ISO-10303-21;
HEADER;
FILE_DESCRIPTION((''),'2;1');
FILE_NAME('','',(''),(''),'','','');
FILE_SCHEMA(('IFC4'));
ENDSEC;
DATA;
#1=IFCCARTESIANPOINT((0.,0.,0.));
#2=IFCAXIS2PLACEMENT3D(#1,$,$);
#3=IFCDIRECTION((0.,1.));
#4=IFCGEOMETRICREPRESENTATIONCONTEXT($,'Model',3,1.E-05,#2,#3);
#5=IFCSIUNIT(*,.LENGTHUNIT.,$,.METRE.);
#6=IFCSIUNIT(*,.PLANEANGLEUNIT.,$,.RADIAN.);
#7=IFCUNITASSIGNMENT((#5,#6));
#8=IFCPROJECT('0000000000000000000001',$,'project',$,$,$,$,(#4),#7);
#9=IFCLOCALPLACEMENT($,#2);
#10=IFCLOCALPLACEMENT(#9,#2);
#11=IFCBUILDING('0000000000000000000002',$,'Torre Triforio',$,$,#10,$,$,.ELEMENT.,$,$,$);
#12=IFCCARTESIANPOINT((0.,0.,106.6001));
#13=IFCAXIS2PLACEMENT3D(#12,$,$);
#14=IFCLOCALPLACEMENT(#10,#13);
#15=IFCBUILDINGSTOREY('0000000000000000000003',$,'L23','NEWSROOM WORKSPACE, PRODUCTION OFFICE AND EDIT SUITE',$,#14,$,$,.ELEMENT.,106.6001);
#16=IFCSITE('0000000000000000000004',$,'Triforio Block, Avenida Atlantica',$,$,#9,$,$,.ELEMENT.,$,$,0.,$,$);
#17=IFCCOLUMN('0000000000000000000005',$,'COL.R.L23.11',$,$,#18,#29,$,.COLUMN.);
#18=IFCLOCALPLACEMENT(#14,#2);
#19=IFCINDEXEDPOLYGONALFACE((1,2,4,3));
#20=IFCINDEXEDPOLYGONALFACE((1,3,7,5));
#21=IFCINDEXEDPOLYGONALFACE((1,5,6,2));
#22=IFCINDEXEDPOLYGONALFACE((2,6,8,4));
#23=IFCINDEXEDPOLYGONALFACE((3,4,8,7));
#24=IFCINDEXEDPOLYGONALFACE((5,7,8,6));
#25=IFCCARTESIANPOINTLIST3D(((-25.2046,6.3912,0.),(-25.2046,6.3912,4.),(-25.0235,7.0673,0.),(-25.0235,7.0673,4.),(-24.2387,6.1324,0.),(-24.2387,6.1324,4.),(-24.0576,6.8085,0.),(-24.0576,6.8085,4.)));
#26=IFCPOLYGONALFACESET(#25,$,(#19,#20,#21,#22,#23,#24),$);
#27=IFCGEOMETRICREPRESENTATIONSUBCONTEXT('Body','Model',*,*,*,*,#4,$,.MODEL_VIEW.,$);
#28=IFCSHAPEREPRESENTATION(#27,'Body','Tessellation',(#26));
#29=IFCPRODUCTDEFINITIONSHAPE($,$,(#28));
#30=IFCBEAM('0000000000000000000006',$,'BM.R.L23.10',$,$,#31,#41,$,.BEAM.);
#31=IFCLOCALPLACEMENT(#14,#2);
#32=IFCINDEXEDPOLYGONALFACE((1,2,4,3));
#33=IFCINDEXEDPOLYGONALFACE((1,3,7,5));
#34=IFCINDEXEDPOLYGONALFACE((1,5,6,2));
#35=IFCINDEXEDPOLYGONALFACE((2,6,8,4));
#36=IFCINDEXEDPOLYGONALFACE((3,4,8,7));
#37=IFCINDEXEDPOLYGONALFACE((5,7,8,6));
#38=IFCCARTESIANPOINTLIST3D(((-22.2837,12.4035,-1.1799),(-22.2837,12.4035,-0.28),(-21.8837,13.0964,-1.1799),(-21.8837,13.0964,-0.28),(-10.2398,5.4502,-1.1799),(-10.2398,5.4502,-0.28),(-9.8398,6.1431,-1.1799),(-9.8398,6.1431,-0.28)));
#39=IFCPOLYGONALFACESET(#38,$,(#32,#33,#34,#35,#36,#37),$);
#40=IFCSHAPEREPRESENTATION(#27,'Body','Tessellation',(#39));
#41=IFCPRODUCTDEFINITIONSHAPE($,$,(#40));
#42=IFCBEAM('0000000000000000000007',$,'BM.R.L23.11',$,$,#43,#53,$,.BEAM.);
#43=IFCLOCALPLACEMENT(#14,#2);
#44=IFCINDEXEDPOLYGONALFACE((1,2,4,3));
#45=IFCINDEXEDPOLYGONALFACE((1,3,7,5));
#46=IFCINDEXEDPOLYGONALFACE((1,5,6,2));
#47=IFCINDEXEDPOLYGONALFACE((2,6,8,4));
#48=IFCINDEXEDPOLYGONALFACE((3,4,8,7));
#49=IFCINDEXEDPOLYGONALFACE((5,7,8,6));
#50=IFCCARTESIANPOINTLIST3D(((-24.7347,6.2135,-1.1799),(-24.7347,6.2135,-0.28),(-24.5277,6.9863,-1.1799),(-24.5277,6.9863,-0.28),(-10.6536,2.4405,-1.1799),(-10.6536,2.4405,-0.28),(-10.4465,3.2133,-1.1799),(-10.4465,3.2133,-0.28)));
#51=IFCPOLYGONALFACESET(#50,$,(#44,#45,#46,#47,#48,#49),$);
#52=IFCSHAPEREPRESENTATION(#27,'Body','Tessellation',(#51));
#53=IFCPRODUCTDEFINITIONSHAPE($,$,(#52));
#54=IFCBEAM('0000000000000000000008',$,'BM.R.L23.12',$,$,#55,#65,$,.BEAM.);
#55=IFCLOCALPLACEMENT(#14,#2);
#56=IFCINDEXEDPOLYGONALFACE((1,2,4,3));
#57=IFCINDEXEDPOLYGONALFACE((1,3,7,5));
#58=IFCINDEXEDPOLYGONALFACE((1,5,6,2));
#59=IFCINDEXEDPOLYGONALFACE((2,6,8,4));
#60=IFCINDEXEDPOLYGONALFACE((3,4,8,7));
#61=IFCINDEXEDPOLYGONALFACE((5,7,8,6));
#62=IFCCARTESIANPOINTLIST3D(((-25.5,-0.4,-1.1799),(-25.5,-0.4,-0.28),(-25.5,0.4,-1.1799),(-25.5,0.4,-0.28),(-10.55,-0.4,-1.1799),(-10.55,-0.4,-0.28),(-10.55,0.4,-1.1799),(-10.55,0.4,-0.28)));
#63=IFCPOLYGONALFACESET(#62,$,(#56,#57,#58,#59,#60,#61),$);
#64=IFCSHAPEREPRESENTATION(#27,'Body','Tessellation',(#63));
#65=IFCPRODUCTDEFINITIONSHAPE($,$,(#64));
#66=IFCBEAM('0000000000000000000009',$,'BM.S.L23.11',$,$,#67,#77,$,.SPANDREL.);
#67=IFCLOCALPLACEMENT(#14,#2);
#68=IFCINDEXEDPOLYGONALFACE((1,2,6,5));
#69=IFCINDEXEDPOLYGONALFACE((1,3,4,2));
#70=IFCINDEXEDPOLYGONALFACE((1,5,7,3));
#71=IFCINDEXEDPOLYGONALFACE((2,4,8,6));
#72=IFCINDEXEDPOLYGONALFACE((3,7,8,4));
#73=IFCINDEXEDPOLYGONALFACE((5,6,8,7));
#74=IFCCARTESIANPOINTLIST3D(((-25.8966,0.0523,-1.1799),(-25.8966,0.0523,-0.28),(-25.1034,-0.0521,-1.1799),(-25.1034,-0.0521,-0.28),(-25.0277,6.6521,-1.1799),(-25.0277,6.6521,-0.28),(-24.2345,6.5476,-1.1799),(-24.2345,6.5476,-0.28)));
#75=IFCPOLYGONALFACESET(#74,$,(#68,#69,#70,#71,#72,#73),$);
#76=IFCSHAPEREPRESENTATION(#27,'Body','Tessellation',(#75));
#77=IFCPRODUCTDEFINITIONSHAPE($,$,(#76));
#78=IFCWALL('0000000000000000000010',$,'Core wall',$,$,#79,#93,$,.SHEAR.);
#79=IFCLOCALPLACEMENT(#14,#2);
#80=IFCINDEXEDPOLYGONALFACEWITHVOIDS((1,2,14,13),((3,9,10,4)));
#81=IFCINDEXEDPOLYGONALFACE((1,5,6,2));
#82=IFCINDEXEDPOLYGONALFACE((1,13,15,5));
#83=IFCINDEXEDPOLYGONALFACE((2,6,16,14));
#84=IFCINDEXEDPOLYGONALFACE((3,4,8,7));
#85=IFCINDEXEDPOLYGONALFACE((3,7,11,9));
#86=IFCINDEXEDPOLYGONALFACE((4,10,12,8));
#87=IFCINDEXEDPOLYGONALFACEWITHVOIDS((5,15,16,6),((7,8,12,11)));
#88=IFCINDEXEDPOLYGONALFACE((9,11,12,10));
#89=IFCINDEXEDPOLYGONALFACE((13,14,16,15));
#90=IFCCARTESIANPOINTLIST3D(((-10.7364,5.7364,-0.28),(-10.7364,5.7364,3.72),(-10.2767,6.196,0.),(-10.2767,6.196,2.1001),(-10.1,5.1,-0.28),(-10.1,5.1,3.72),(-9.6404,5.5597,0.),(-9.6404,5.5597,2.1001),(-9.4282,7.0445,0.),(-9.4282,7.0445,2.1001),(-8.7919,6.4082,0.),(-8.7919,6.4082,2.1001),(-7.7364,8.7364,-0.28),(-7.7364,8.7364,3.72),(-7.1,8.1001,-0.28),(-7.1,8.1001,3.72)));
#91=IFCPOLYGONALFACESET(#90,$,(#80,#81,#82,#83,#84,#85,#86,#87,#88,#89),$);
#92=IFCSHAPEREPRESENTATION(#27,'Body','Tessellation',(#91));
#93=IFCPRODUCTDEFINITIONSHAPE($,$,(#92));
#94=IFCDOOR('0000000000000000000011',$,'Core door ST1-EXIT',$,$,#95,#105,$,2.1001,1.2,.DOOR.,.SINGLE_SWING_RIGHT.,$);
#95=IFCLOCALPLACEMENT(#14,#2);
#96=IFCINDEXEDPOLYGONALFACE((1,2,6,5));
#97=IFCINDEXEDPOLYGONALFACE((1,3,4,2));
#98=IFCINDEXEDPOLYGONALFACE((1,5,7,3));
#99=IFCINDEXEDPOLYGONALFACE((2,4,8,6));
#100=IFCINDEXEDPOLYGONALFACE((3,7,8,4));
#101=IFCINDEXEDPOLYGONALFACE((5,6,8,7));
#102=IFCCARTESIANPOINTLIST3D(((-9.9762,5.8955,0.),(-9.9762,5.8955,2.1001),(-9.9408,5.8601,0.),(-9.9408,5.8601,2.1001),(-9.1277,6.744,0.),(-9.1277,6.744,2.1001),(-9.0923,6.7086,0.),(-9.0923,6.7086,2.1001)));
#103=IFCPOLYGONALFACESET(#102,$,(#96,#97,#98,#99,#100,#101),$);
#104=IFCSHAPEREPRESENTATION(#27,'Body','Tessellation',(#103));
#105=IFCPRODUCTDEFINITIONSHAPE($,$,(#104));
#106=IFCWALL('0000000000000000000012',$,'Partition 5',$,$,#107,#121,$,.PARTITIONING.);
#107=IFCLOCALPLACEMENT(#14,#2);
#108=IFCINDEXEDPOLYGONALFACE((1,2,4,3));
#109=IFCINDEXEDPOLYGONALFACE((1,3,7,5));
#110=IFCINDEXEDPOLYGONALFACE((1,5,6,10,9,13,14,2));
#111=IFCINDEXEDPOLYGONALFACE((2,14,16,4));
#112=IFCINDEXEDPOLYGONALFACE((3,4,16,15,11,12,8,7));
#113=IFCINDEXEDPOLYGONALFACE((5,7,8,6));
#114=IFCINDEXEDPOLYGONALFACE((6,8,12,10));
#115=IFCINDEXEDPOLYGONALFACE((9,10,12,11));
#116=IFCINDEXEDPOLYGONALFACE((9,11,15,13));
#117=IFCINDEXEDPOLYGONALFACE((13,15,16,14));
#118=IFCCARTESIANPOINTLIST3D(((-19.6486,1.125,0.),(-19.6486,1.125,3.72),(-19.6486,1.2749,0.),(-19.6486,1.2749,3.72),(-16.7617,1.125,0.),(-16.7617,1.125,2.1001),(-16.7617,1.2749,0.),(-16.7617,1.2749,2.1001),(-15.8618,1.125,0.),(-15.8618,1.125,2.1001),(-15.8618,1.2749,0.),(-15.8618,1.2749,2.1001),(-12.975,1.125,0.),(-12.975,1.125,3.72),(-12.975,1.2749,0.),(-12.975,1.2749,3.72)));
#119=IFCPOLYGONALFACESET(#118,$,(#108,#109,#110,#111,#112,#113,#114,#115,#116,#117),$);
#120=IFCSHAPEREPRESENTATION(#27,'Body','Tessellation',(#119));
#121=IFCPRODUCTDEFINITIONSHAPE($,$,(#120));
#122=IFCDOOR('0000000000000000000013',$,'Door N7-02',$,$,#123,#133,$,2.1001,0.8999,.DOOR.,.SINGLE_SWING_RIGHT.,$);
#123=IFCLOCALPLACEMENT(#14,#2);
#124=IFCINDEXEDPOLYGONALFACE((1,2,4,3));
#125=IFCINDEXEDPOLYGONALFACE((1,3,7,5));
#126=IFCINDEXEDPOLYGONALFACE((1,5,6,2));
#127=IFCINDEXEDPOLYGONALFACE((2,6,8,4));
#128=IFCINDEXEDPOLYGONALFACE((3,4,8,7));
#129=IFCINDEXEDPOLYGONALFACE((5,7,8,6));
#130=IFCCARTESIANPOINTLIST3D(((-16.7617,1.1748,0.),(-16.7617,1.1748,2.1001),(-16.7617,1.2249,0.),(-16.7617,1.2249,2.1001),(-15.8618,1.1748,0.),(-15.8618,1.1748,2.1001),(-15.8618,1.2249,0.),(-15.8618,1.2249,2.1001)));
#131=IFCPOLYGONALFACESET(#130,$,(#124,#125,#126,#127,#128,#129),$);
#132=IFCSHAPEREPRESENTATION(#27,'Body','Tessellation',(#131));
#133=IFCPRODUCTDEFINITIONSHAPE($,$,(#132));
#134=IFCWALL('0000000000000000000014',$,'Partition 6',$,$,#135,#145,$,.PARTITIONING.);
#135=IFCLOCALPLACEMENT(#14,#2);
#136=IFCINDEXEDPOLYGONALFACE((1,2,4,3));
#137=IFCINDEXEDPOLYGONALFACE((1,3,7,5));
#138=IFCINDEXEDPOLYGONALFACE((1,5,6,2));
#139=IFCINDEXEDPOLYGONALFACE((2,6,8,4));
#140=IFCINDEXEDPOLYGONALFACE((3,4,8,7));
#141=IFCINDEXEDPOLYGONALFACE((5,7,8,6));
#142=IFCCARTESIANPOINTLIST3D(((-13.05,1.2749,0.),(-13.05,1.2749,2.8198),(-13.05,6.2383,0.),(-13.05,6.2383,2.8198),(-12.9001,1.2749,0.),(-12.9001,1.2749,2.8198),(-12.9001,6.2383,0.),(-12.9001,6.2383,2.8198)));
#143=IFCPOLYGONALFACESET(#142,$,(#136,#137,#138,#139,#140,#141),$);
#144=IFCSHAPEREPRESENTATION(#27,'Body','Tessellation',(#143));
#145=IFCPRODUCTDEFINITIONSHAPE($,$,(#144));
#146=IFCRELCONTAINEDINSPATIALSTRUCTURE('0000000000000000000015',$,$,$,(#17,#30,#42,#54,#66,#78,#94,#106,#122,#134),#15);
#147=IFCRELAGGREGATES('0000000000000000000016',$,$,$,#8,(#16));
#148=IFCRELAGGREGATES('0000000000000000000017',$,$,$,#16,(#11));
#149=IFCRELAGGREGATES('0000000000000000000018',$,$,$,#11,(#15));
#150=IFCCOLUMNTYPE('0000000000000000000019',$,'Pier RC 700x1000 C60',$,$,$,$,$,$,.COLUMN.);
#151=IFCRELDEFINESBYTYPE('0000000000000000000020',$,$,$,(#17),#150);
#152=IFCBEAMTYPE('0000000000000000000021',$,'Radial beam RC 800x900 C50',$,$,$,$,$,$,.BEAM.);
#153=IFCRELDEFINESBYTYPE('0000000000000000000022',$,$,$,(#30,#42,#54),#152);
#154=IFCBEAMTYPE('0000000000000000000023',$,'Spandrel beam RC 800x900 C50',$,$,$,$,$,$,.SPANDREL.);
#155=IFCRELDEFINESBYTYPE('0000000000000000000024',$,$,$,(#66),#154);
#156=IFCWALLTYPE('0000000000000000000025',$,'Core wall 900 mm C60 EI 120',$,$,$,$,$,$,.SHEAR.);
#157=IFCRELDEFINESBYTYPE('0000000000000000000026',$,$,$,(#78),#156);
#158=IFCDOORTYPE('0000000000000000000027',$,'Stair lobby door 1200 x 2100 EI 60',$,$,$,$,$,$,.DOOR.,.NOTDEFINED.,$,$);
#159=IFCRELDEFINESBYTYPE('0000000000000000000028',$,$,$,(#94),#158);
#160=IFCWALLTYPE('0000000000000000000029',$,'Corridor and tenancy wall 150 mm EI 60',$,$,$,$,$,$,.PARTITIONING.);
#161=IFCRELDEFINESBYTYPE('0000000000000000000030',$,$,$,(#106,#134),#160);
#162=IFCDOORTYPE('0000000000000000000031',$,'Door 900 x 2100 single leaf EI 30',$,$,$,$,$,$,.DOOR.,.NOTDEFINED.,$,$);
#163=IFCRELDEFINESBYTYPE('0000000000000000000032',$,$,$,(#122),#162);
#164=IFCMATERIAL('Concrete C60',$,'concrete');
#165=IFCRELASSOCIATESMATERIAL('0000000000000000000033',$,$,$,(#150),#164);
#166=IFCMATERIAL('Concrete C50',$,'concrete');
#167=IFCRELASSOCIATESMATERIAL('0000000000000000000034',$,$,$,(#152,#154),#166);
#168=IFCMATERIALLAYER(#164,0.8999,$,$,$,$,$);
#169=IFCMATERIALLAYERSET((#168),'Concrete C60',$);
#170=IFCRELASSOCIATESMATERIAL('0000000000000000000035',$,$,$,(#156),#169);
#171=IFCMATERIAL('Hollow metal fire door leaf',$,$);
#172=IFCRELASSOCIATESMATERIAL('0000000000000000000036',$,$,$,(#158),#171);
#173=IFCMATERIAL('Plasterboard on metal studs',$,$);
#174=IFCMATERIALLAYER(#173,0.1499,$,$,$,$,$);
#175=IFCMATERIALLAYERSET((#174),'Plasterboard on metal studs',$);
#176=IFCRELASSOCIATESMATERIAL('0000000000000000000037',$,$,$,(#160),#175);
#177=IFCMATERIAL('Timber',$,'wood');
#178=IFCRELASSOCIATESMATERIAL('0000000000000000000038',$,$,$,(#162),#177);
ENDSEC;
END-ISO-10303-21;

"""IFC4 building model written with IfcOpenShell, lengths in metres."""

from ifc_helpers import new_model, si_unit, direction, frame, frame_2d, origin, origin_2d, place, context, subcontext, project, spatial, rectangle, extrude, material, layer, layer_set, material_profile, profile_set, type_object, element, fill, save


model = new_model("IFC4")

# Units and contexts
model_context = context("Model", 3, precision=1e-05, world=origin(), true_north=direction((0.0, 1.0)))
body_context = subcontext(model_context, "Body", "Model", "MODEL_VIEW")
ifc_project = project(units=[si_unit("LENGTHUNIT", "METRE"), si_unit("PLANEANGLEUNIT", "RADIAN")], contexts=[model_context])

# Site, building, storey
site_placement = place(None, origin())
site = spatial("IfcSite", under=ifc_project, at=site_placement, Name="Triforio Block, Avenida Atlantica", CompositionType="ELEMENT", RefElevation=0.0)
building_placement = place(site_placement, origin())
building = spatial("IfcBuilding", under=site, at=building_placement, Name="Torre Triforio", CompositionType="ELEMENT")
storey_placement = place(building_placement, frame((0.0, 0.0, 106.6001)))
storey = spatial("IfcBuildingStorey", under=building, at=storey_placement, Name="L23", Description="NEWSROOM WORKSPACE, PRODUCTION OFFICE AND EDIT SUITE", CompositionType="ELEMENT", Elevation=106.6001)

# Column
ifc_material_1 = material(Name="Concrete C60", Category="concrete")
ifc_material_profile_1 = material_profile(ifc_material_1, rectangle(XDim=0.7, YDim=1.0, at=origin_2d()), Name="RC 700x1000")
ifc_profile_set_1 = profile_set([ifc_material_profile_1], Name="Concrete C60")
column_type = type_object("IfcColumnType", Name="Pier RC 700x1000 C60", PredefinedType="COLUMN", material=ifc_profile_set_1)
column_placement = place(storey_placement, frame((-24.6311, 6.5999, 0.0), z_axis=(0.0, 0.0, 1.0), x_axis=(-0.258819, -0.965926, 0.0)))
element("IfcColumn", 1, at=column_placement, inside=storey, type_object=column_type, Name="COL.R.L23.11", PredefinedType="COLUMN", context=body_context, shape_type="SweptSolid", body=[
    extrude(rectangle(XDim=0.7, YDim=1.0, at=origin_2d()), origin(), (0.0, 0.0, 1.0), 4.0),
])

# Beams
ifc_material_2 = material(Name="Concrete C50", Category="concrete")
ifc_material_profile_2 = material_profile(ifc_material_2, rectangle(XDim=0.8, YDim=0.8999, at=origin_2d()), Name="RC 800x900")
ifc_profile_set_2 = profile_set([ifc_material_profile_2], Name="Concrete C50")
beam_type_1 = type_object("IfcBeamType", Name="Radial beam RC 800x900 C50", PredefinedType="BEAM", material=ifc_profile_set_2)
beam_1_placement = place(storey_placement, frame((-10.0398, 5.7966, -0.73), z_axis=(-0.866032, 0.499989, 0.0), x_axis=(-0.499989, -0.866032, 0.0)))
element("IfcBeam", 2, at=beam_1_placement, inside=storey, type_object=beam_type_1, Name="BM.R.L23.10", PredefinedType="BEAM", context=body_context, shape_type="SweptSolid", body=[
    extrude(rectangle(XDim=0.8, YDim=0.8999, at=origin_2d()), origin(), (0.0, 0.0, 1.0), 13.907),
])
beam_2_placement = place(storey_placement, frame((-10.55, 2.8269, -0.73), z_axis=(-0.965927, 0.258815, 0.0), x_axis=(-0.258815, -0.965927, 0.0)))
element("IfcBeam", 3, at=beam_2_placement, inside=storey, type_object=beam_type_1, Name="BM.R.L23.11", PredefinedType="BEAM", context=body_context, shape_type="SweptSolid", body=[
    extrude(rectangle(XDim=0.8, YDim=0.8999, at=origin_2d()), origin(), (0.0, 0.0, 1.0), 14.5779),
])
beam_3_placement = place(storey_placement, frame((-10.55, 0.0, -0.73), z_axis=(-1.0, 0.0, 0.0), x_axis=(0.0, -1.0, 0.0)))
element("IfcBeam", 4, at=beam_3_placement, inside=storey, type_object=beam_type_1, Name="BM.R.L23.12", PredefinedType="BEAM", context=body_context, shape_type="SweptSolid", body=[
    extrude(rectangle(XDim=0.8, YDim=0.8999, at=origin_2d()), origin(), (0.0, 0.0, 1.0), 14.95),
])
ifc_material_profile_3 = material_profile(ifc_material_2, rectangle(XDim=0.8, YDim=0.8999, at=origin_2d()), Name="RC 800x900")
ifc_profile_set_3 = profile_set([ifc_material_profile_3], Name="Concrete C50")
beam_type_2 = type_object("IfcBeamType", Name="Spandrel beam RC 800x900 C50", PredefinedType="SPANDREL", material=ifc_profile_set_3)
beam_4_placement = place(storey_placement, frame((-24.6311, 6.5999, -0.73), z_axis=(-0.130528, -0.991445, 0.0), x_axis=(0.991445, -0.130528, 0.0)))
element("IfcBeam", 5, at=beam_4_placement, inside=storey, type_object=beam_type_2, Name="BM.S.L23.11", PredefinedType="SPANDREL", context=body_context, shape_type="SweptSolid", body=[
    extrude(rectangle(XDim=0.8, YDim=0.8999, at=origin_2d()), origin(), (0.0, 0.0, 1.0), 6.6567),
])

# Walls, openings, doors
ifc_layer_1 = layer(ifc_material_1, 0.8999)
ifc_layer_set_1 = layer_set([ifc_layer_1], Name="Concrete C60")
wall_type_1 = type_object("IfcWallType", Name="Core wall 900 mm C60 EI 120", PredefinedType="SHEAR", material=ifc_layer_set_1)
wall_1_placement = place(storey_placement, frame((-10.4182, 5.4182, -0.28), z_axis=(0.0, 0.0, 1.0), x_axis=(0.707107, 0.707107, 0.0)))
wall_1 = element("IfcWall", 6, at=wall_1_placement, inside=storey, type_object=wall_type_1, Name="Core wall", PredefinedType="SHEAR", context=body_context, shape_type="SweptSolid", body=[
    extrude(rectangle(XDim=4.2427, YDim=0.8999, at=frame_2d((2.1213, 0.0))), origin(), (0.0, 0.0, 1.0), 4.0),
])
opening_1_placement = place(wall_1_placement, frame((0.6499, 0.0, 0.28)))
opening_1 = element("IfcOpeningElement", 7, at=opening_1_placement, cuts=wall_1, PredefinedType="OPENING", context=body_context, shape_type="SweptSolid", body=[
    extrude(rectangle(XDim=1.2, YDim=2.1001, at=frame_2d((0.6001, 1.05))), frame((0.0, 0.46, 0.0), z_axis=(0.0, -1.0, 0.0), x_axis=(1.0, 0.0, 0.0)), (0.0, 0.0, 1.0), 0.9199),
])
ifc_material_3 = material(Name="Hollow metal fire door leaf")
door_type_1 = type_object("IfcDoorType", Name="Stair lobby door 1200 x 2100 EI 60", OperationType="NOTDEFINED", PredefinedType="DOOR", material=ifc_material_3)
door_1_placement = place(opening_1_placement, origin())
door_1 = element("IfcDoor", 8, at=door_1_placement, inside=storey, type_object=door_type_1, Name="Core door ST1-EXIT", OperationType="SINGLE_SWING_RIGHT", OverallHeight=2.1001, OverallWidth=1.2, PredefinedType="DOOR", context=body_context, shape_type="SweptSolid", body=[
    extrude(rectangle(XDim=1.2, YDim=2.1001, at=frame_2d((0.6001, 1.05))), frame((0.0, 0.0249, 0.0), z_axis=(0.0, -1.0, 0.0), x_axis=(1.0, 0.0, 0.0)), (0.0, 0.0, 1.0), 0.05),
])
fill(opening_1, door_1)
ifc_material_4 = material(Name="Plasterboard on metal studs")
ifc_layer_2 = layer(ifc_material_4, 0.1499)
ifc_layer_set_2 = layer_set([ifc_layer_2], Name="Plasterboard on metal studs")
wall_type_2 = type_object("IfcWallType", Name="Corridor and tenancy wall 150 mm EI 60", PredefinedType="PARTITIONING", material=ifc_layer_set_2)
wall_2_placement = place(storey_placement, frame((-19.6487, 1.2, 0.0), z_axis=(0.0, 0.0, 1.0), x_axis=(1.0, 0.0, 0.0)))
wall_2 = element("IfcWall", 9, at=wall_2_placement, inside=storey, type_object=wall_type_2, Name="Partition 5", PredefinedType="PARTITIONING", context=body_context, shape_type="SweptSolid", body=[
    extrude(rectangle(XDim=6.6736, YDim=0.1499, at=frame_2d((3.3369, 0.0))), origin(), (0.0, 0.0, 1.0), 3.72),
])
opening_2_placement = place(wall_2_placement, frame((2.887, 0.0, 0.0)))
opening_2 = element("IfcOpeningElement", 10, at=opening_2_placement, cuts=wall_2, PredefinedType="OPENING", context=body_context, shape_type="SweptSolid", body=[
    extrude(rectangle(XDim=0.8999, YDim=2.1001, at=frame_2d((0.45, 1.05))), frame((0.0, 0.085, 0.0), z_axis=(0.0, -1.0, 0.0), x_axis=(1.0, 0.0, 0.0)), (0.0, 0.0, 1.0), 0.1699),
])
ifc_material_5 = material(Name="Timber", Category="wood")
door_type_2 = type_object("IfcDoorType", Name="Door 900 x 2100 single leaf EI 30", OperationType="NOTDEFINED", PredefinedType="DOOR", material=ifc_material_5)
door_2_placement = place(opening_2_placement, origin())
door_2 = element("IfcDoor", 11, at=door_2_placement, inside=storey, type_object=door_type_2, Name="Door N7-02", OperationType="SINGLE_SWING_RIGHT", OverallHeight=2.1001, OverallWidth=0.8999, PredefinedType="DOOR", context=body_context, shape_type="SweptSolid", body=[
    extrude(rectangle(XDim=0.8999, YDim=2.1001, at=frame_2d((0.45, 1.05))), frame((0.0, 0.0249, 0.0), z_axis=(0.0, -1.0, 0.0), x_axis=(1.0, 0.0, 0.0)), (0.0, 0.0, 1.0), 0.05),
])
fill(opening_2, door_2)

# Wall
wall_3_placement = place(storey_placement, frame((-12.9751, 1.2749, 0.0), z_axis=(0.0, 0.0, 1.0), x_axis=(0.0, 1.0, 0.0)))
element("IfcWall", 12, at=wall_3_placement, inside=storey, type_object=wall_type_2, Name="Partition 6", PredefinedType="PARTITIONING", context=body_context, shape_type="SweptSolid", body=[
    extrude(rectangle(XDim=4.9634, YDim=0.1499, at=frame_2d((2.4817, 0.0))), origin(), (0.0, 0.0, 1.0), 2.8198),
])

save(model, "model.ifc")
